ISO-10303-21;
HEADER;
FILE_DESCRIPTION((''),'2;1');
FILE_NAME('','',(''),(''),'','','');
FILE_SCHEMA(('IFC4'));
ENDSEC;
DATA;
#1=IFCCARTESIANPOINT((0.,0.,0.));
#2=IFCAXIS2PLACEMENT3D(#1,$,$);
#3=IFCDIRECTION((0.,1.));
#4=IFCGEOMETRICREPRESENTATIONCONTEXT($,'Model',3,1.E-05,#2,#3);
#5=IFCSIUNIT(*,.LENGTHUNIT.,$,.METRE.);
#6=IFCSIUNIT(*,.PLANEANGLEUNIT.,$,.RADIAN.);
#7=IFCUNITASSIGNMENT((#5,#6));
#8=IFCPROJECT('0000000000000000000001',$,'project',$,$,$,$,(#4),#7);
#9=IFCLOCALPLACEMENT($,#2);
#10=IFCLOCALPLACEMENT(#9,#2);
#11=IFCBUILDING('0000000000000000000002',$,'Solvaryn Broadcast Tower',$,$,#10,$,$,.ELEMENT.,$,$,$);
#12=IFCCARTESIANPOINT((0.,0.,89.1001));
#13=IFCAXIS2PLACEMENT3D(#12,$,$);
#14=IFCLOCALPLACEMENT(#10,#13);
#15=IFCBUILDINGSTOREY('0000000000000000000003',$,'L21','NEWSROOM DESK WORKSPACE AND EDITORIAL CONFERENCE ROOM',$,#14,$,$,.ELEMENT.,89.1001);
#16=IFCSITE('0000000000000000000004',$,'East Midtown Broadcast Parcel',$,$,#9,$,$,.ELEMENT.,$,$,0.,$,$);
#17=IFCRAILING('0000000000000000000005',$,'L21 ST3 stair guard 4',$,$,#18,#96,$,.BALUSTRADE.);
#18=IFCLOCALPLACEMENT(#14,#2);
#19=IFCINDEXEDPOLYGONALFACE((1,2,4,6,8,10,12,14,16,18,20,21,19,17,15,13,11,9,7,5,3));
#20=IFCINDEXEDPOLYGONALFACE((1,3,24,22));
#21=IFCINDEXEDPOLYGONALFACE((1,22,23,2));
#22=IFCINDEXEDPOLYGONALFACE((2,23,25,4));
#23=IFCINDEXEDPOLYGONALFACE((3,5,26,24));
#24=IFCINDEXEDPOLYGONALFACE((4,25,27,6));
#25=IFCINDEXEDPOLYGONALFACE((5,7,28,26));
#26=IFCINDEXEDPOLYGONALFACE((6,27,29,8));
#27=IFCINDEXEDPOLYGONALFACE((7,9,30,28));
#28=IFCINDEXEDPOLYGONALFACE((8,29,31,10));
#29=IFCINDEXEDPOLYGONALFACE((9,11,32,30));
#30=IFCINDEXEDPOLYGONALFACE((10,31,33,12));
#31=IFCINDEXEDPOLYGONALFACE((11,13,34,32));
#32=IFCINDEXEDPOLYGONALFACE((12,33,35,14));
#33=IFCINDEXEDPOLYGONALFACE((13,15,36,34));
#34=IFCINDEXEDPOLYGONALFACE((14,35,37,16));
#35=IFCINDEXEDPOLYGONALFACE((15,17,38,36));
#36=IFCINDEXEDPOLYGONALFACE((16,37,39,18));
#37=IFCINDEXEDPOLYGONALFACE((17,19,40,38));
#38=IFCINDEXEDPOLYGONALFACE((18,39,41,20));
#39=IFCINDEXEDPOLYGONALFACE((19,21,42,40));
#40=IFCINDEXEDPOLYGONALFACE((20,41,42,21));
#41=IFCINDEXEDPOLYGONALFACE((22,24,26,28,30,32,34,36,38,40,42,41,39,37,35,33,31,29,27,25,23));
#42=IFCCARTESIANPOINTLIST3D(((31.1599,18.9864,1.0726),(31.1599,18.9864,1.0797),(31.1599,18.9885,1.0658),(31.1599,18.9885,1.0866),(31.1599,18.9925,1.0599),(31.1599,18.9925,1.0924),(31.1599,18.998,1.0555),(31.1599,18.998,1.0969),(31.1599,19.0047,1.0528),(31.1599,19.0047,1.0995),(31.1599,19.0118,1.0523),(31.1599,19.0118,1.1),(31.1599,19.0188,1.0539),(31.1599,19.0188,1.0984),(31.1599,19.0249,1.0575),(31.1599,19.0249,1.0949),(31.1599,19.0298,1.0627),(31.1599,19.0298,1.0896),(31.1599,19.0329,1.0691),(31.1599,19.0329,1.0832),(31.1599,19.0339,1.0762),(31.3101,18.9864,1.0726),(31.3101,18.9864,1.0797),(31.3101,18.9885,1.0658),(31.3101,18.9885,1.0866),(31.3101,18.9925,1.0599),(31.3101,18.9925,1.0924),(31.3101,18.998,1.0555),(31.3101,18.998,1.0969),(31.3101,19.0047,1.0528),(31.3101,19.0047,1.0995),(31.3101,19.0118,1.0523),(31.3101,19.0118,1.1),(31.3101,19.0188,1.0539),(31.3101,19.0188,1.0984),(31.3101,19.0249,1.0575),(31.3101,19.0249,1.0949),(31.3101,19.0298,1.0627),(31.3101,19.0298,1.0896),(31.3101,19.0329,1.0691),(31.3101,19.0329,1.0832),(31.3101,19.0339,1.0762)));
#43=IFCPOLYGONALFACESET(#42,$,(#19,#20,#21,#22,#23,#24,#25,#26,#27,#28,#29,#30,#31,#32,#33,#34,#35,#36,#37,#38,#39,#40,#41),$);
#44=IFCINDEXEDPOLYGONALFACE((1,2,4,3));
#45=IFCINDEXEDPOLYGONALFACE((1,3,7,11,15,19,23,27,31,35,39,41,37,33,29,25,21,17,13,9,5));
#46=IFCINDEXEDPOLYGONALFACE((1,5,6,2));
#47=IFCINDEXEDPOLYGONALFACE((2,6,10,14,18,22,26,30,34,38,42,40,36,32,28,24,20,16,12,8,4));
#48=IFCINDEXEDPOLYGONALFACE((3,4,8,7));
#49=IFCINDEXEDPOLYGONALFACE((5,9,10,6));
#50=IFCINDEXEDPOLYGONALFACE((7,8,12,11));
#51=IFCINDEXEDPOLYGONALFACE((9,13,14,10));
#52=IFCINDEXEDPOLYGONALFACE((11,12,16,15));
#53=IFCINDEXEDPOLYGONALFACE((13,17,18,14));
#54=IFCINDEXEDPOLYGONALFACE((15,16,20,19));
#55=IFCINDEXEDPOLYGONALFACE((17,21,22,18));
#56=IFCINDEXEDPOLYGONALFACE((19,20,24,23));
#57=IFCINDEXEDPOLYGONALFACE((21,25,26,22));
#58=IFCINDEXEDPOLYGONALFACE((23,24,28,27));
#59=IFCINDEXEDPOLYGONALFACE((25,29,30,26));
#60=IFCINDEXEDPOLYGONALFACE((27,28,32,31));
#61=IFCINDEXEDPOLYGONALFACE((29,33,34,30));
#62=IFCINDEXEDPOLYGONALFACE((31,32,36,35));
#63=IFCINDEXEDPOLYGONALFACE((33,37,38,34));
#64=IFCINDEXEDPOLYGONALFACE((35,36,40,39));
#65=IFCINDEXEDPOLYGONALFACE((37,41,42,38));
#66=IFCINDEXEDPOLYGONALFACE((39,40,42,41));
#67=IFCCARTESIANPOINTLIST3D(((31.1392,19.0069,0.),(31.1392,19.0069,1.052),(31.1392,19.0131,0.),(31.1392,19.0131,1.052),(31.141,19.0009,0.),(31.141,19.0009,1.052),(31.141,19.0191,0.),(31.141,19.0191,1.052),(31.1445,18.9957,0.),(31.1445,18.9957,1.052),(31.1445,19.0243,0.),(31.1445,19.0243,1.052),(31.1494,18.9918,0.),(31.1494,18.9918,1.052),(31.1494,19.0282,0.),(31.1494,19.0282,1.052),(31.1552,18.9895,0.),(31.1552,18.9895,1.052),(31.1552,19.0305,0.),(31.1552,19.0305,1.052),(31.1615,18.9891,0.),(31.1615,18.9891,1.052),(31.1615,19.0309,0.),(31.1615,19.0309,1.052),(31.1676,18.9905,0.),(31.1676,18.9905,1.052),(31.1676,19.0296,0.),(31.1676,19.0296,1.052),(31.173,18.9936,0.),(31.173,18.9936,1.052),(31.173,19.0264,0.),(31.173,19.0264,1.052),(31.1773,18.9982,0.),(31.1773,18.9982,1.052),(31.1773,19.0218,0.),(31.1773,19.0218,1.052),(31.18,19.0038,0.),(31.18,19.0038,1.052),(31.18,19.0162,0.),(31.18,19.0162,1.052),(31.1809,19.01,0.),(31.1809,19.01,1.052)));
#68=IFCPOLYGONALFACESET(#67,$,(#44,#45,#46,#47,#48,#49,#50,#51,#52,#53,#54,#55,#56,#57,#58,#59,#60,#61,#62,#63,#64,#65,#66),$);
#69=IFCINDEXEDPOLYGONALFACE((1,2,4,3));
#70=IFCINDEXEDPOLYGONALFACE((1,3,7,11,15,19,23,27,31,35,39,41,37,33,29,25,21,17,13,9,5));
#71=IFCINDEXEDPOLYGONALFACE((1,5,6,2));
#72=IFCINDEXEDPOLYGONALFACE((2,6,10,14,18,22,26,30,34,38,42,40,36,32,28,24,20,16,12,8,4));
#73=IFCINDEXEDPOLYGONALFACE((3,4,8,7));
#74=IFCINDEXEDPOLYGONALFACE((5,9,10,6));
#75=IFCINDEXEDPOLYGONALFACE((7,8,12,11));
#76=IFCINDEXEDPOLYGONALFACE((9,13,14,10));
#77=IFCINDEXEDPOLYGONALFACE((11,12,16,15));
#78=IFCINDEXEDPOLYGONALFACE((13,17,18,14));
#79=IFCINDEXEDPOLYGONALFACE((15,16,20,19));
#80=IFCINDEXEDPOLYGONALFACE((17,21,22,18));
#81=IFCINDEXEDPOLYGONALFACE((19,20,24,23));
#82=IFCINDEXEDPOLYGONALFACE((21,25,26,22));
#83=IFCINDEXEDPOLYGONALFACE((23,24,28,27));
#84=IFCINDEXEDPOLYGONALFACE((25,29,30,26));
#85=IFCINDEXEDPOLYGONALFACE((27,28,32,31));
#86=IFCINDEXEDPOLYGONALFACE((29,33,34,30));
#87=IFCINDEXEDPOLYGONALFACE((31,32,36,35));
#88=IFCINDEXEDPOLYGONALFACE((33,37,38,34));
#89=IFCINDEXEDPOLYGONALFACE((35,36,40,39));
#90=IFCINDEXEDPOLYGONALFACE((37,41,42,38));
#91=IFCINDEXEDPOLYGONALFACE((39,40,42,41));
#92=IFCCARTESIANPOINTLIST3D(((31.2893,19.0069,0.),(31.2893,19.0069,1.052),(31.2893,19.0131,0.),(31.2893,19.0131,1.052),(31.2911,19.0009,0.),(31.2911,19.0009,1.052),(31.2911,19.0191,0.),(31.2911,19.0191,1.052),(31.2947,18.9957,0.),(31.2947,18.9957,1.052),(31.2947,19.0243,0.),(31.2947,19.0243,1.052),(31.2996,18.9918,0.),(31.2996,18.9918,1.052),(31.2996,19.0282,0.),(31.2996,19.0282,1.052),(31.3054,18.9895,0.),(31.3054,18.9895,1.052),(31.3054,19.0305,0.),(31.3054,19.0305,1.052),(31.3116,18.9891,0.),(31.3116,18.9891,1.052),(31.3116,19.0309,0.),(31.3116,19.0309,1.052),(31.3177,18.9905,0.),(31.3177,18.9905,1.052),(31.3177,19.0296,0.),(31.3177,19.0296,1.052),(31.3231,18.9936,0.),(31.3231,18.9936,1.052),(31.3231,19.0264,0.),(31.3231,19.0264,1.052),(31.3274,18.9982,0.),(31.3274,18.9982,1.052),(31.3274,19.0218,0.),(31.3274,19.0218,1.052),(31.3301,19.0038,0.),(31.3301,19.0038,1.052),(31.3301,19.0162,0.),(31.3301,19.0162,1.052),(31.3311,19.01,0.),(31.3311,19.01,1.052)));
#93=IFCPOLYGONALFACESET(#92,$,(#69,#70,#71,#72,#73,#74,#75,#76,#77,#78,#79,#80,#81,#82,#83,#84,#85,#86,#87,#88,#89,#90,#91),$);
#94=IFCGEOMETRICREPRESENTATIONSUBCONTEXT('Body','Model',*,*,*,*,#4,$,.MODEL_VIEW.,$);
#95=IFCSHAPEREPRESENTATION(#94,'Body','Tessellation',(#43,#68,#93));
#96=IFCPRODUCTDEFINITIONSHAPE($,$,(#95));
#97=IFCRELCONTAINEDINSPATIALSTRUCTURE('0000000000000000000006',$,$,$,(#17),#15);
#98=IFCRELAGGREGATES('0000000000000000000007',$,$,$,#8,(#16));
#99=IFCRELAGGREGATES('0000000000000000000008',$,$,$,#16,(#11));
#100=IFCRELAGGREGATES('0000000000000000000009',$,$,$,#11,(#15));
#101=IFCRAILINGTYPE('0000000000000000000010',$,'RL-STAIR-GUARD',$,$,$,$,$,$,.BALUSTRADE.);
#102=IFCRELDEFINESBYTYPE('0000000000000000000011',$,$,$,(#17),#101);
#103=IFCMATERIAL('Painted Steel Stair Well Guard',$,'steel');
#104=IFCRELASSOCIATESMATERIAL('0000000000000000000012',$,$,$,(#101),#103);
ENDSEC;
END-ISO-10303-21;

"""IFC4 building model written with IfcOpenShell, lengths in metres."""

from ifc_helpers import new_model, si_unit, direction, frame, origin, origin_2d, place, context, subcontext, project, spatial, circle, extrude, material, type_object, element, save


model = new_model("IFC4")

# Units and contexts
model_context = context("Model", 3, precision=1e-05, world=origin(), true_north=direction((0.0, 1.0)))
body_context = subcontext(model_context, "Body", "Model", "MODEL_VIEW")
ifc_project = project(units=[si_unit("LENGTHUNIT", "METRE"), si_unit("PLANEANGLEUNIT", "RADIAN")], contexts=[model_context])

# Site, building, storey
site_placement = place(None, origin())
site = spatial("IfcSite", under=ifc_project, at=site_placement, Name="East Midtown Broadcast Parcel", CompositionType="ELEMENT", RefElevation=0.0)
building_placement = place(site_placement, origin())
building = spatial("IfcBuilding", under=site, at=building_placement, Name="Solvaryn Broadcast Tower", CompositionType="ELEMENT")
storey_placement = place(building_placement, frame((0.0, 0.0, 89.1001)))
storey = spatial("IfcBuildingStorey", under=building, at=storey_placement, Name="L21", Description="NEWSROOM DESK WORKSPACE AND EDITORIAL CONFERENCE ROOM", CompositionType="ELEMENT", Elevation=89.1001)

# Railing
ifc_material_1 = material(Name="Painted Steel Stair Well Guard", Category="steel")
railing_type_1 = type_object("IfcRailingType", Name="RL-STAIR-GUARD", PredefinedType="BALUSTRADE", material=ifc_material_1)
railing_1_placement = place(storey_placement, frame((31.1599, 19.01, 0.0)))
element("IfcRailing", 1, at=railing_1_placement, inside=storey, type_object=railing_type_1, Name="L21 ST3 stair guard 4", PredefinedType="BALUSTRADE", context=body_context, shape_type="SweptSolid", body=[
    extrude(circle(Radius=0.0239, at=origin_2d()), frame((0.0, 0.0, 1.0762), z_axis=(1.0, 0.0, 0.0), x_axis=(0.0, 1.0, 0.0)), (0.0, 0.0, 1.0), 0.1501),
    extrude(circle(Radius=0.021, at=origin_2d()), origin(), (0.0, 0.0, 1.0), 1.052),
    extrude(circle(Radius=0.021, at=origin_2d()), frame((0.1501, 0.0, 0.0)), (0.0, 0.0, 1.0), 1.052),
])

save(model, "model.ifc")
